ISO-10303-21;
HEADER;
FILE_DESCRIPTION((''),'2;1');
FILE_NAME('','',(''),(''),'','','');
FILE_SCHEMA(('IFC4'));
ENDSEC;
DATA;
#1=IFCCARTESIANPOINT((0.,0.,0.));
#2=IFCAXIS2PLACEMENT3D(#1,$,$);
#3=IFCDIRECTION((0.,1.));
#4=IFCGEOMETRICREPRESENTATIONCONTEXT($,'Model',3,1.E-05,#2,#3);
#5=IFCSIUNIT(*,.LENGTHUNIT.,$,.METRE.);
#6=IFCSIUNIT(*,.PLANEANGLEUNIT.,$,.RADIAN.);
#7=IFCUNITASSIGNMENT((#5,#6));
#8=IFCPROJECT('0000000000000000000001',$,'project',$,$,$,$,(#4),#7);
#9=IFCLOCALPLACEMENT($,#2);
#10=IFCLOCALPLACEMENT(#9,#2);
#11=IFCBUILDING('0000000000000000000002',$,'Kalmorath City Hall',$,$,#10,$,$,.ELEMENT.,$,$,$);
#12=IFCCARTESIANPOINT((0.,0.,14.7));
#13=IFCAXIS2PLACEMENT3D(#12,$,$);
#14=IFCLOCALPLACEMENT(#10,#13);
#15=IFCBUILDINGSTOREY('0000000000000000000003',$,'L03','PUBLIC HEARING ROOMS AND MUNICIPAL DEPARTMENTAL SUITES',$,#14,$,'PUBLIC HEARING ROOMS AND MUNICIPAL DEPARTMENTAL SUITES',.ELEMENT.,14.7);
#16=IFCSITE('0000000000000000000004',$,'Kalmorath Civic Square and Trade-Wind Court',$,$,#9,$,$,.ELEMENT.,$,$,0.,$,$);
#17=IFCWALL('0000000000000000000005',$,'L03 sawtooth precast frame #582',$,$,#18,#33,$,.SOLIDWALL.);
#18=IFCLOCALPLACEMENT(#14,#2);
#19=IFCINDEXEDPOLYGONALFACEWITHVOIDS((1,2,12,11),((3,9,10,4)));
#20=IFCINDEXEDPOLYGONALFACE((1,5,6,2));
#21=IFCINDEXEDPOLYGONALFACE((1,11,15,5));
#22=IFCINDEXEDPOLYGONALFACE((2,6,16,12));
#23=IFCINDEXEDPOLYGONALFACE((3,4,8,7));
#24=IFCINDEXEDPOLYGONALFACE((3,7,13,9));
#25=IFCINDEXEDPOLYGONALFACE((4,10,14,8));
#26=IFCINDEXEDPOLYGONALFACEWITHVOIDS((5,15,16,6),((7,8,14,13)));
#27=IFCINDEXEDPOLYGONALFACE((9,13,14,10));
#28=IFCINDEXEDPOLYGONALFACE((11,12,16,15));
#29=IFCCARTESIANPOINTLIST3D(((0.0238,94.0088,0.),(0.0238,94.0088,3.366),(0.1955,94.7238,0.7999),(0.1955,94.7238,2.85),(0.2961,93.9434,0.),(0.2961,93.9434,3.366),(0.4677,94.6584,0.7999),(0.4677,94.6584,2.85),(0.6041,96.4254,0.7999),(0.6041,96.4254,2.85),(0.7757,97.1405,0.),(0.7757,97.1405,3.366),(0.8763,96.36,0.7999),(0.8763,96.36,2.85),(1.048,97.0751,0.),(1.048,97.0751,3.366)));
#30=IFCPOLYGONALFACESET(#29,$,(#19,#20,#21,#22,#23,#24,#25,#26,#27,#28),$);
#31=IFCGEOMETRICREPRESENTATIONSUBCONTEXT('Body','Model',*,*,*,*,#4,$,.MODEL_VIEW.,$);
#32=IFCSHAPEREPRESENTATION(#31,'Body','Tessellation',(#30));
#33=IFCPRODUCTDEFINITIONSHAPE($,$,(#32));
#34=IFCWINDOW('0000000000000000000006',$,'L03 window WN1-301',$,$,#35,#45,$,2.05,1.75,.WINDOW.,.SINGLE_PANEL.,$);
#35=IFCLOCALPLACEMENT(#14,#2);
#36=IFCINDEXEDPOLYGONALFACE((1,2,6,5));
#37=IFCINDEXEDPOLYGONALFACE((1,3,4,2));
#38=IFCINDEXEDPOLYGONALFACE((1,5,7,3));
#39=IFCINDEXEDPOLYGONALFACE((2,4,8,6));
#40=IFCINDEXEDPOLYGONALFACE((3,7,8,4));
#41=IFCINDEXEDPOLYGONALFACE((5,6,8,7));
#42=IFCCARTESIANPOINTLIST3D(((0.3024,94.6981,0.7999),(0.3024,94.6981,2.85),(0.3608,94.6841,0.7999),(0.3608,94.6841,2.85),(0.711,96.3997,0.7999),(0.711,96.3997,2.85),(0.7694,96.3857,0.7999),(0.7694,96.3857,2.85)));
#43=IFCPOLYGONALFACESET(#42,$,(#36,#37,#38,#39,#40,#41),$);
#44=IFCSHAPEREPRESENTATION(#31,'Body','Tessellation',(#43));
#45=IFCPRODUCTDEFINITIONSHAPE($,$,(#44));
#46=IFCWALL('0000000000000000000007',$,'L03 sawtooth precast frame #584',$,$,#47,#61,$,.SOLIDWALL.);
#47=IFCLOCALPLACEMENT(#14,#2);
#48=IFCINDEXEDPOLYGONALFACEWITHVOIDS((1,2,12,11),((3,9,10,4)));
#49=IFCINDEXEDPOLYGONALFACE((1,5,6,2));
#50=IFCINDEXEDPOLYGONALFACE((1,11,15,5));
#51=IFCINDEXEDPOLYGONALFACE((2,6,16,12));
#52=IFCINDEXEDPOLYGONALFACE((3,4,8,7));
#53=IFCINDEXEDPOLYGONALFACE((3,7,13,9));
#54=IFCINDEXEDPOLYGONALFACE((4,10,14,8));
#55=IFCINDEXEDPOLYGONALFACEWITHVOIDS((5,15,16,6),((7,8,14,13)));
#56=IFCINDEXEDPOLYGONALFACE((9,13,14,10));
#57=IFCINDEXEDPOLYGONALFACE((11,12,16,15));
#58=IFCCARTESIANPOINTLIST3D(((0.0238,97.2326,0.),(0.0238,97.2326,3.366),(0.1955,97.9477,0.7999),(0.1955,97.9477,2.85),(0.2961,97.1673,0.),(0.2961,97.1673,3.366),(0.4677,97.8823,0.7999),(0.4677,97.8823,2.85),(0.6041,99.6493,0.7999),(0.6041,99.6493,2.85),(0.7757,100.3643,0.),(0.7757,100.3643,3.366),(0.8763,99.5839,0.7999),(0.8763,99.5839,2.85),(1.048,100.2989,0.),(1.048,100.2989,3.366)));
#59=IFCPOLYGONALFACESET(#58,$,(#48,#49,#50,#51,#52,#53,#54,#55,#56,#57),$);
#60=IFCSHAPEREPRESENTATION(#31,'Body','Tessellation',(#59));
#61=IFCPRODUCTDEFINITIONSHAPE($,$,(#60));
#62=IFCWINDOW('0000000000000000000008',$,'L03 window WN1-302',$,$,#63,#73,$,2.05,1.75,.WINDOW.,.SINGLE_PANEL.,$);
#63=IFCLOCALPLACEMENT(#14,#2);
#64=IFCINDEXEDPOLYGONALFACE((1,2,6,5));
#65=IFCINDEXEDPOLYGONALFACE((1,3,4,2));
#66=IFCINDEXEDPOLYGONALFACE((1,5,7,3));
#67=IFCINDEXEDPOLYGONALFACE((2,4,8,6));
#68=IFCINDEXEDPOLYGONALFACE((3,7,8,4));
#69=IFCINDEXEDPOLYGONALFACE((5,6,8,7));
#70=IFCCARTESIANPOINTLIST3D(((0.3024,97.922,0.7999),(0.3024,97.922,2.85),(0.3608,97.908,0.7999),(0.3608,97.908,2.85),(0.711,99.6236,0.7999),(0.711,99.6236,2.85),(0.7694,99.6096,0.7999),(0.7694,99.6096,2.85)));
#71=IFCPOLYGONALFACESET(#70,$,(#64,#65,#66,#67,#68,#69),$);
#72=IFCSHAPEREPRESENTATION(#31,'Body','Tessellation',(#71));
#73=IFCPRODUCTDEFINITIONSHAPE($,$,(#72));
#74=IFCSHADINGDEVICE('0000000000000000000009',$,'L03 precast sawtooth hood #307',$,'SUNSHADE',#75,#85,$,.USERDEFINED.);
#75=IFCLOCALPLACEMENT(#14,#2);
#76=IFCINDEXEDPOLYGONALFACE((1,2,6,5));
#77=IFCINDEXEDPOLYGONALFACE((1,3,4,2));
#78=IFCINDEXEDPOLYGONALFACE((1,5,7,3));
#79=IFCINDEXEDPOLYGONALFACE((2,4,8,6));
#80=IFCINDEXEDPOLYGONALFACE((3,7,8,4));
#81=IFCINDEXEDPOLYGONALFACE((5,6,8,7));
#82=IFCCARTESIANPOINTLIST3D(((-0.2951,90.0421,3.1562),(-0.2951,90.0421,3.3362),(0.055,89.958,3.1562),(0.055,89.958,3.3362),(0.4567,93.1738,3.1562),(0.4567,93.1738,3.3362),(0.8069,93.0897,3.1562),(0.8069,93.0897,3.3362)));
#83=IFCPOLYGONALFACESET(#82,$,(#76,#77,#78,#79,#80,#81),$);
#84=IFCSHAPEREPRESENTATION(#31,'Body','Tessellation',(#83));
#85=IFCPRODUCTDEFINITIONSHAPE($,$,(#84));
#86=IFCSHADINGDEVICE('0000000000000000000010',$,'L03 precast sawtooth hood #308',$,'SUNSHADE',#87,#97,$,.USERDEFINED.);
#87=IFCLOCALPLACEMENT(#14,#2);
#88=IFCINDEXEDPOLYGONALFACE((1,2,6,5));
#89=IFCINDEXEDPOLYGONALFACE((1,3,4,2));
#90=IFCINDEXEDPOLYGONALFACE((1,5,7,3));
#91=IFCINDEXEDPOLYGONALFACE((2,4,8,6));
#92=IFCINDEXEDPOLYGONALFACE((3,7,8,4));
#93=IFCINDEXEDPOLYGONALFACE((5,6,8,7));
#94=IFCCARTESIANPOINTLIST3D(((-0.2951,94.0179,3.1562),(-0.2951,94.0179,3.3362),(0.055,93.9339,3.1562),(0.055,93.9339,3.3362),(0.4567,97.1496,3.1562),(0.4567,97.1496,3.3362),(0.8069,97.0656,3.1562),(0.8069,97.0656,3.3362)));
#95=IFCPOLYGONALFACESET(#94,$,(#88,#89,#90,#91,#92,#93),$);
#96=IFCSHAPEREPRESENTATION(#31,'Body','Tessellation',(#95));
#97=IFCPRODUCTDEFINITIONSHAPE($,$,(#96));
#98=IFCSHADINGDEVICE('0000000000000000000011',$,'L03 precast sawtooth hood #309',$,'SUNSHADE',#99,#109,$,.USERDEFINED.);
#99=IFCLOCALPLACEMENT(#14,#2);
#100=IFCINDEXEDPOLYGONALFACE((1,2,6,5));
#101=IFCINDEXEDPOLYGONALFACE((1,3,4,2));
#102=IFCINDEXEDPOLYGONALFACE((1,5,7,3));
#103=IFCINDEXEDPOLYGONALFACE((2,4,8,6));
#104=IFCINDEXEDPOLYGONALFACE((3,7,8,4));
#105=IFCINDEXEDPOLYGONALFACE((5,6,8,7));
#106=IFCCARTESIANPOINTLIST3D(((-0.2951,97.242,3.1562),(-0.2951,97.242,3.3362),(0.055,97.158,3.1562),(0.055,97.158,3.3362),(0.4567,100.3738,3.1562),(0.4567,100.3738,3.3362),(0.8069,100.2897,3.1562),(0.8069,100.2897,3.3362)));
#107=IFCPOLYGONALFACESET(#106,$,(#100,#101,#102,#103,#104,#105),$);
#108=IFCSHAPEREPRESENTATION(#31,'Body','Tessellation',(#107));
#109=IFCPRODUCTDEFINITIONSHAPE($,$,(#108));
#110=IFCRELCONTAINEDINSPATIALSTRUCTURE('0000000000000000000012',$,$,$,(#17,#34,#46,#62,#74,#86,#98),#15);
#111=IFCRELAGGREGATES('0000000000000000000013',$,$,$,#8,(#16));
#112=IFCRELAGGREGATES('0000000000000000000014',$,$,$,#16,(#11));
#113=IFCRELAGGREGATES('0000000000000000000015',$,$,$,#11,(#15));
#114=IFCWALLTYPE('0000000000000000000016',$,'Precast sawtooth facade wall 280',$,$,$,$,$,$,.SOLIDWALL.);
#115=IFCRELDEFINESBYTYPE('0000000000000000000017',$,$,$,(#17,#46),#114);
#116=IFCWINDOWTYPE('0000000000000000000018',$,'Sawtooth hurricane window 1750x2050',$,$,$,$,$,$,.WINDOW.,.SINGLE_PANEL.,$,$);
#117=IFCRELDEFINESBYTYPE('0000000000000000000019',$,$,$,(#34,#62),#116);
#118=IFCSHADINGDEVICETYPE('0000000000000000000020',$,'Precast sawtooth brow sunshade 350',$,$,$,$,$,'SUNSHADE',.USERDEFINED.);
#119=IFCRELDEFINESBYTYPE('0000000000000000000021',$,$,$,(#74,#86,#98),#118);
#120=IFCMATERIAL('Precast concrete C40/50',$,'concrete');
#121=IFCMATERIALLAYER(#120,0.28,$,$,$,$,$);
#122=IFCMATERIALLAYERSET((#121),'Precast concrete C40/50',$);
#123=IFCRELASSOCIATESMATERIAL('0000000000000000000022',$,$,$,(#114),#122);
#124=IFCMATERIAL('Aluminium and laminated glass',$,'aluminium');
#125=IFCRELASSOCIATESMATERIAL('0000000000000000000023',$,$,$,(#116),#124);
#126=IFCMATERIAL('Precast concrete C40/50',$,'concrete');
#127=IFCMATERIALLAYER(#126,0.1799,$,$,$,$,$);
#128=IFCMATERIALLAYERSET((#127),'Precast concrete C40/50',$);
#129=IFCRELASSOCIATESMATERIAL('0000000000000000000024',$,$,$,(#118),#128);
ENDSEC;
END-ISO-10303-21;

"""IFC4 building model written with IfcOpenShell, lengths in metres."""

from ifc_helpers import new_model, si_unit, direction, frame, frame_2d, origin, origin_2d, place, context, subcontext, project, spatial, rectangle, extrude, material, layer, layer_set, type_object, element, fill, save


model = new_model("IFC4")

# Units and contexts
model_context = context("Model", 3, precision=1e-05, world=origin(), true_north=direction((0.0, 1.0)))
body_context = subcontext(model_context, "Body", "Model", "MODEL_VIEW")
ifc_project = project(units=[si_unit("LENGTHUNIT", "METRE"), si_unit("PLANEANGLEUNIT", "RADIAN")], contexts=[model_context])

# Site, building, storey
site_placement = place(None, origin())
site = spatial("IfcSite", under=ifc_project, at=site_placement, Name="Kalmorath Civic Square and Trade-Wind Court", CompositionType="ELEMENT", RefElevation=0.0)
building_placement = place(site_placement, origin())
building = spatial("IfcBuilding", under=site, at=building_placement, Name="Kalmorath City Hall", CompositionType="ELEMENT")
storey_placement = place(building_placement, frame((0.0, 0.0, 14.7)))
storey = spatial("IfcBuildingStorey", under=building, at=storey_placement, Name="L03", Description="PUBLIC HEARING ROOMS AND MUNICIPAL DEPARTMENTAL SUITES", LongName="PUBLIC HEARING ROOMS AND MUNICIPAL DEPARTMENTAL SUITES", CompositionType="ELEMENT", Elevation=14.7)

# Walls, openings, windows
ifc_material_1 = material(Name="Precast concrete C40/50", Category="concrete")
ifc_layer_1 = layer(ifc_material_1, 0.28)
ifc_layer_set_1 = layer_set([ifc_layer_1], Name="Precast concrete C40/50")
wall_type_1 = type_object("IfcWallType", Name="Precast sawtooth facade wall 280", PredefinedType="SOLIDWALL", material=ifc_layer_set_1)
wall_1_placement = place(storey_placement, frame((0.1599, 93.9761, 0.0), z_axis=(0.0, 0.0, 1.0), x_axis=(0.233482, 0.972361, 0.0)))
wall_1 = element("IfcWall", 1, at=wall_1_placement, inside=storey, type_object=wall_type_1, Name="L03 sawtooth precast frame #582", PredefinedType="SOLIDWALL", context=body_context, shape_type="SweptSolid", body=[
    extrude(rectangle(XDim=3.2207, YDim=0.28, at=frame_2d((1.6104, 0.0))), origin(), (0.0, 0.0, 1.0), 3.366),
])
opening_1_placement = place(wall_1_placement, frame((0.7354, 0.0, 0.8)))
opening_1 = element("IfcOpeningElement", 2, at=opening_1_placement, cuts=wall_1, PredefinedType="OPENING", context=body_context, shape_type="SweptSolid", body=[
    extrude(rectangle(XDim=1.75, YDim=2.05, at=frame_2d((0.875, 1.0249))), frame((0.0, 0.1499, 0.0), z_axis=(0.0, -1.0, 0.0), x_axis=(1.0, 0.0, 0.0)), (0.0, 0.0, 1.0), 0.3),
])
ifc_material_2 = material(Name="Aluminium and laminated glass", Category="aluminium")
window_type = type_object("IfcWindowType", Name="Sawtooth hurricane window 1750x2050", PartitioningType="SINGLE_PANEL", PredefinedType="WINDOW", material=ifc_material_2)
window_1_placement = place(opening_1_placement, origin())
window_1 = element("IfcWindow", 3, at=window_1_placement, inside=storey, type_object=window_type, Name="L03 window WN1-301", OverallHeight=2.05, OverallWidth=1.75, PartitioningType="SINGLE_PANEL", PredefinedType="WINDOW", context=body_context, shape_type="SweptSolid", body=[
    extrude(rectangle(XDim=1.75, YDim=2.05, at=frame_2d((0.875, 1.0249))), frame((0.0, 0.03, 0.0), z_axis=(0.0, -1.0, 0.0), x_axis=(1.0, 0.0, 0.0)), (0.0, 0.0, 1.0), 0.0601),
])
fill(opening_1, window_1)
wall_2_placement = place(storey_placement, frame((0.1599, 97.2, 0.0), z_axis=(0.0, 0.0, 1.0), x_axis=(0.233482, 0.972361, 0.0)))
wall_2 = element("IfcWall", 4, at=wall_2_placement, inside=storey, type_object=wall_type_1, Name="L03 sawtooth precast frame #584", PredefinedType="SOLIDWALL", context=body_context, shape_type="SweptSolid", body=[
    extrude(rectangle(XDim=3.2207, YDim=0.28, at=frame_2d((1.6104, 0.0))), origin(), (0.0, 0.0, 1.0), 3.366),
])
opening_2_placement = place(wall_2_placement, frame((0.7354, 0.0, 0.8)))
opening_2 = element("IfcOpeningElement", 5, at=opening_2_placement, cuts=wall_2, PredefinedType="OPENING", context=body_context, shape_type="SweptSolid", body=[
    extrude(rectangle(XDim=1.75, YDim=2.05, at=frame_2d((0.875, 1.0249))), frame((0.0, 0.1499, 0.0), z_axis=(0.0, -1.0, 0.0), x_axis=(1.0, 0.0, 0.0)), (0.0, 0.0, 1.0), 0.3),
])
window_2_placement = place(opening_2_placement, origin())
window_2 = element("IfcWindow", 6, at=window_2_placement, inside=storey, type_object=window_type, Name="L03 window WN1-302", OverallHeight=2.05, OverallWidth=1.75, PartitioningType="SINGLE_PANEL", PredefinedType="WINDOW", context=body_context, shape_type="SweptSolid", body=[
    extrude(rectangle(XDim=1.75, YDim=2.05, at=frame_2d((0.875, 1.0249))), frame((0.0, 0.03, 0.0), z_axis=(0.0, -1.0, 0.0), x_axis=(1.0, 0.0, 0.0)), (0.0, 0.0, 1.0), 0.0601),
])
fill(opening_2, window_2)

# Shading devices
ifc_material_3 = material(Name="Precast concrete C40/50", Category="concrete")
ifc_layer_2 = layer(ifc_material_3, 0.1799)
ifc_layer_set_2 = layer_set([ifc_layer_2], Name="Precast concrete C40/50")
shading_device_type = type_object("IfcShadingDeviceType", Name="Precast sawtooth brow sunshade 350", ElementType="SUNSHADE", PredefinedType="USERDEFINED", material=ifc_layer_set_2)
for number, where, z_axis, x_axis, name in (
    (7, (0.2559, 91.5659, 3.1562), (0.0, 0.0, 1.0), (0.233445, 0.97237, 0.0), "L03 precast sawtooth hood #307"),
    (8, (0.2559, 95.5417, 3.1562), (0.0, 0.0, 1.0), (0.233445, 0.97237, 0.0), "L03 precast sawtooth hood #308"),
    (9, (0.2559, 98.7659, 3.1562), (0.0, 0.0, 1.0), (0.233445, 0.97237, 0.0), "L03 precast sawtooth hood #309"),
):
    element("IfcShadingDevice", number, at=place(storey_placement, frame(where, z_axis=z_axis, x_axis=x_axis)), inside=storey, type_object=shading_device_type, Name=name, ObjectType="SUNSHADE", PredefinedType="USERDEFINED", context=body_context, shape_type="SweptSolid", body=[
        extrude(rectangle(XDim=3.2207, YDim=0.3601, at=origin_2d()), origin(), (0.0, 0.0, 1.0), 0.1799),
    ])

save(model, "model.ifc")
